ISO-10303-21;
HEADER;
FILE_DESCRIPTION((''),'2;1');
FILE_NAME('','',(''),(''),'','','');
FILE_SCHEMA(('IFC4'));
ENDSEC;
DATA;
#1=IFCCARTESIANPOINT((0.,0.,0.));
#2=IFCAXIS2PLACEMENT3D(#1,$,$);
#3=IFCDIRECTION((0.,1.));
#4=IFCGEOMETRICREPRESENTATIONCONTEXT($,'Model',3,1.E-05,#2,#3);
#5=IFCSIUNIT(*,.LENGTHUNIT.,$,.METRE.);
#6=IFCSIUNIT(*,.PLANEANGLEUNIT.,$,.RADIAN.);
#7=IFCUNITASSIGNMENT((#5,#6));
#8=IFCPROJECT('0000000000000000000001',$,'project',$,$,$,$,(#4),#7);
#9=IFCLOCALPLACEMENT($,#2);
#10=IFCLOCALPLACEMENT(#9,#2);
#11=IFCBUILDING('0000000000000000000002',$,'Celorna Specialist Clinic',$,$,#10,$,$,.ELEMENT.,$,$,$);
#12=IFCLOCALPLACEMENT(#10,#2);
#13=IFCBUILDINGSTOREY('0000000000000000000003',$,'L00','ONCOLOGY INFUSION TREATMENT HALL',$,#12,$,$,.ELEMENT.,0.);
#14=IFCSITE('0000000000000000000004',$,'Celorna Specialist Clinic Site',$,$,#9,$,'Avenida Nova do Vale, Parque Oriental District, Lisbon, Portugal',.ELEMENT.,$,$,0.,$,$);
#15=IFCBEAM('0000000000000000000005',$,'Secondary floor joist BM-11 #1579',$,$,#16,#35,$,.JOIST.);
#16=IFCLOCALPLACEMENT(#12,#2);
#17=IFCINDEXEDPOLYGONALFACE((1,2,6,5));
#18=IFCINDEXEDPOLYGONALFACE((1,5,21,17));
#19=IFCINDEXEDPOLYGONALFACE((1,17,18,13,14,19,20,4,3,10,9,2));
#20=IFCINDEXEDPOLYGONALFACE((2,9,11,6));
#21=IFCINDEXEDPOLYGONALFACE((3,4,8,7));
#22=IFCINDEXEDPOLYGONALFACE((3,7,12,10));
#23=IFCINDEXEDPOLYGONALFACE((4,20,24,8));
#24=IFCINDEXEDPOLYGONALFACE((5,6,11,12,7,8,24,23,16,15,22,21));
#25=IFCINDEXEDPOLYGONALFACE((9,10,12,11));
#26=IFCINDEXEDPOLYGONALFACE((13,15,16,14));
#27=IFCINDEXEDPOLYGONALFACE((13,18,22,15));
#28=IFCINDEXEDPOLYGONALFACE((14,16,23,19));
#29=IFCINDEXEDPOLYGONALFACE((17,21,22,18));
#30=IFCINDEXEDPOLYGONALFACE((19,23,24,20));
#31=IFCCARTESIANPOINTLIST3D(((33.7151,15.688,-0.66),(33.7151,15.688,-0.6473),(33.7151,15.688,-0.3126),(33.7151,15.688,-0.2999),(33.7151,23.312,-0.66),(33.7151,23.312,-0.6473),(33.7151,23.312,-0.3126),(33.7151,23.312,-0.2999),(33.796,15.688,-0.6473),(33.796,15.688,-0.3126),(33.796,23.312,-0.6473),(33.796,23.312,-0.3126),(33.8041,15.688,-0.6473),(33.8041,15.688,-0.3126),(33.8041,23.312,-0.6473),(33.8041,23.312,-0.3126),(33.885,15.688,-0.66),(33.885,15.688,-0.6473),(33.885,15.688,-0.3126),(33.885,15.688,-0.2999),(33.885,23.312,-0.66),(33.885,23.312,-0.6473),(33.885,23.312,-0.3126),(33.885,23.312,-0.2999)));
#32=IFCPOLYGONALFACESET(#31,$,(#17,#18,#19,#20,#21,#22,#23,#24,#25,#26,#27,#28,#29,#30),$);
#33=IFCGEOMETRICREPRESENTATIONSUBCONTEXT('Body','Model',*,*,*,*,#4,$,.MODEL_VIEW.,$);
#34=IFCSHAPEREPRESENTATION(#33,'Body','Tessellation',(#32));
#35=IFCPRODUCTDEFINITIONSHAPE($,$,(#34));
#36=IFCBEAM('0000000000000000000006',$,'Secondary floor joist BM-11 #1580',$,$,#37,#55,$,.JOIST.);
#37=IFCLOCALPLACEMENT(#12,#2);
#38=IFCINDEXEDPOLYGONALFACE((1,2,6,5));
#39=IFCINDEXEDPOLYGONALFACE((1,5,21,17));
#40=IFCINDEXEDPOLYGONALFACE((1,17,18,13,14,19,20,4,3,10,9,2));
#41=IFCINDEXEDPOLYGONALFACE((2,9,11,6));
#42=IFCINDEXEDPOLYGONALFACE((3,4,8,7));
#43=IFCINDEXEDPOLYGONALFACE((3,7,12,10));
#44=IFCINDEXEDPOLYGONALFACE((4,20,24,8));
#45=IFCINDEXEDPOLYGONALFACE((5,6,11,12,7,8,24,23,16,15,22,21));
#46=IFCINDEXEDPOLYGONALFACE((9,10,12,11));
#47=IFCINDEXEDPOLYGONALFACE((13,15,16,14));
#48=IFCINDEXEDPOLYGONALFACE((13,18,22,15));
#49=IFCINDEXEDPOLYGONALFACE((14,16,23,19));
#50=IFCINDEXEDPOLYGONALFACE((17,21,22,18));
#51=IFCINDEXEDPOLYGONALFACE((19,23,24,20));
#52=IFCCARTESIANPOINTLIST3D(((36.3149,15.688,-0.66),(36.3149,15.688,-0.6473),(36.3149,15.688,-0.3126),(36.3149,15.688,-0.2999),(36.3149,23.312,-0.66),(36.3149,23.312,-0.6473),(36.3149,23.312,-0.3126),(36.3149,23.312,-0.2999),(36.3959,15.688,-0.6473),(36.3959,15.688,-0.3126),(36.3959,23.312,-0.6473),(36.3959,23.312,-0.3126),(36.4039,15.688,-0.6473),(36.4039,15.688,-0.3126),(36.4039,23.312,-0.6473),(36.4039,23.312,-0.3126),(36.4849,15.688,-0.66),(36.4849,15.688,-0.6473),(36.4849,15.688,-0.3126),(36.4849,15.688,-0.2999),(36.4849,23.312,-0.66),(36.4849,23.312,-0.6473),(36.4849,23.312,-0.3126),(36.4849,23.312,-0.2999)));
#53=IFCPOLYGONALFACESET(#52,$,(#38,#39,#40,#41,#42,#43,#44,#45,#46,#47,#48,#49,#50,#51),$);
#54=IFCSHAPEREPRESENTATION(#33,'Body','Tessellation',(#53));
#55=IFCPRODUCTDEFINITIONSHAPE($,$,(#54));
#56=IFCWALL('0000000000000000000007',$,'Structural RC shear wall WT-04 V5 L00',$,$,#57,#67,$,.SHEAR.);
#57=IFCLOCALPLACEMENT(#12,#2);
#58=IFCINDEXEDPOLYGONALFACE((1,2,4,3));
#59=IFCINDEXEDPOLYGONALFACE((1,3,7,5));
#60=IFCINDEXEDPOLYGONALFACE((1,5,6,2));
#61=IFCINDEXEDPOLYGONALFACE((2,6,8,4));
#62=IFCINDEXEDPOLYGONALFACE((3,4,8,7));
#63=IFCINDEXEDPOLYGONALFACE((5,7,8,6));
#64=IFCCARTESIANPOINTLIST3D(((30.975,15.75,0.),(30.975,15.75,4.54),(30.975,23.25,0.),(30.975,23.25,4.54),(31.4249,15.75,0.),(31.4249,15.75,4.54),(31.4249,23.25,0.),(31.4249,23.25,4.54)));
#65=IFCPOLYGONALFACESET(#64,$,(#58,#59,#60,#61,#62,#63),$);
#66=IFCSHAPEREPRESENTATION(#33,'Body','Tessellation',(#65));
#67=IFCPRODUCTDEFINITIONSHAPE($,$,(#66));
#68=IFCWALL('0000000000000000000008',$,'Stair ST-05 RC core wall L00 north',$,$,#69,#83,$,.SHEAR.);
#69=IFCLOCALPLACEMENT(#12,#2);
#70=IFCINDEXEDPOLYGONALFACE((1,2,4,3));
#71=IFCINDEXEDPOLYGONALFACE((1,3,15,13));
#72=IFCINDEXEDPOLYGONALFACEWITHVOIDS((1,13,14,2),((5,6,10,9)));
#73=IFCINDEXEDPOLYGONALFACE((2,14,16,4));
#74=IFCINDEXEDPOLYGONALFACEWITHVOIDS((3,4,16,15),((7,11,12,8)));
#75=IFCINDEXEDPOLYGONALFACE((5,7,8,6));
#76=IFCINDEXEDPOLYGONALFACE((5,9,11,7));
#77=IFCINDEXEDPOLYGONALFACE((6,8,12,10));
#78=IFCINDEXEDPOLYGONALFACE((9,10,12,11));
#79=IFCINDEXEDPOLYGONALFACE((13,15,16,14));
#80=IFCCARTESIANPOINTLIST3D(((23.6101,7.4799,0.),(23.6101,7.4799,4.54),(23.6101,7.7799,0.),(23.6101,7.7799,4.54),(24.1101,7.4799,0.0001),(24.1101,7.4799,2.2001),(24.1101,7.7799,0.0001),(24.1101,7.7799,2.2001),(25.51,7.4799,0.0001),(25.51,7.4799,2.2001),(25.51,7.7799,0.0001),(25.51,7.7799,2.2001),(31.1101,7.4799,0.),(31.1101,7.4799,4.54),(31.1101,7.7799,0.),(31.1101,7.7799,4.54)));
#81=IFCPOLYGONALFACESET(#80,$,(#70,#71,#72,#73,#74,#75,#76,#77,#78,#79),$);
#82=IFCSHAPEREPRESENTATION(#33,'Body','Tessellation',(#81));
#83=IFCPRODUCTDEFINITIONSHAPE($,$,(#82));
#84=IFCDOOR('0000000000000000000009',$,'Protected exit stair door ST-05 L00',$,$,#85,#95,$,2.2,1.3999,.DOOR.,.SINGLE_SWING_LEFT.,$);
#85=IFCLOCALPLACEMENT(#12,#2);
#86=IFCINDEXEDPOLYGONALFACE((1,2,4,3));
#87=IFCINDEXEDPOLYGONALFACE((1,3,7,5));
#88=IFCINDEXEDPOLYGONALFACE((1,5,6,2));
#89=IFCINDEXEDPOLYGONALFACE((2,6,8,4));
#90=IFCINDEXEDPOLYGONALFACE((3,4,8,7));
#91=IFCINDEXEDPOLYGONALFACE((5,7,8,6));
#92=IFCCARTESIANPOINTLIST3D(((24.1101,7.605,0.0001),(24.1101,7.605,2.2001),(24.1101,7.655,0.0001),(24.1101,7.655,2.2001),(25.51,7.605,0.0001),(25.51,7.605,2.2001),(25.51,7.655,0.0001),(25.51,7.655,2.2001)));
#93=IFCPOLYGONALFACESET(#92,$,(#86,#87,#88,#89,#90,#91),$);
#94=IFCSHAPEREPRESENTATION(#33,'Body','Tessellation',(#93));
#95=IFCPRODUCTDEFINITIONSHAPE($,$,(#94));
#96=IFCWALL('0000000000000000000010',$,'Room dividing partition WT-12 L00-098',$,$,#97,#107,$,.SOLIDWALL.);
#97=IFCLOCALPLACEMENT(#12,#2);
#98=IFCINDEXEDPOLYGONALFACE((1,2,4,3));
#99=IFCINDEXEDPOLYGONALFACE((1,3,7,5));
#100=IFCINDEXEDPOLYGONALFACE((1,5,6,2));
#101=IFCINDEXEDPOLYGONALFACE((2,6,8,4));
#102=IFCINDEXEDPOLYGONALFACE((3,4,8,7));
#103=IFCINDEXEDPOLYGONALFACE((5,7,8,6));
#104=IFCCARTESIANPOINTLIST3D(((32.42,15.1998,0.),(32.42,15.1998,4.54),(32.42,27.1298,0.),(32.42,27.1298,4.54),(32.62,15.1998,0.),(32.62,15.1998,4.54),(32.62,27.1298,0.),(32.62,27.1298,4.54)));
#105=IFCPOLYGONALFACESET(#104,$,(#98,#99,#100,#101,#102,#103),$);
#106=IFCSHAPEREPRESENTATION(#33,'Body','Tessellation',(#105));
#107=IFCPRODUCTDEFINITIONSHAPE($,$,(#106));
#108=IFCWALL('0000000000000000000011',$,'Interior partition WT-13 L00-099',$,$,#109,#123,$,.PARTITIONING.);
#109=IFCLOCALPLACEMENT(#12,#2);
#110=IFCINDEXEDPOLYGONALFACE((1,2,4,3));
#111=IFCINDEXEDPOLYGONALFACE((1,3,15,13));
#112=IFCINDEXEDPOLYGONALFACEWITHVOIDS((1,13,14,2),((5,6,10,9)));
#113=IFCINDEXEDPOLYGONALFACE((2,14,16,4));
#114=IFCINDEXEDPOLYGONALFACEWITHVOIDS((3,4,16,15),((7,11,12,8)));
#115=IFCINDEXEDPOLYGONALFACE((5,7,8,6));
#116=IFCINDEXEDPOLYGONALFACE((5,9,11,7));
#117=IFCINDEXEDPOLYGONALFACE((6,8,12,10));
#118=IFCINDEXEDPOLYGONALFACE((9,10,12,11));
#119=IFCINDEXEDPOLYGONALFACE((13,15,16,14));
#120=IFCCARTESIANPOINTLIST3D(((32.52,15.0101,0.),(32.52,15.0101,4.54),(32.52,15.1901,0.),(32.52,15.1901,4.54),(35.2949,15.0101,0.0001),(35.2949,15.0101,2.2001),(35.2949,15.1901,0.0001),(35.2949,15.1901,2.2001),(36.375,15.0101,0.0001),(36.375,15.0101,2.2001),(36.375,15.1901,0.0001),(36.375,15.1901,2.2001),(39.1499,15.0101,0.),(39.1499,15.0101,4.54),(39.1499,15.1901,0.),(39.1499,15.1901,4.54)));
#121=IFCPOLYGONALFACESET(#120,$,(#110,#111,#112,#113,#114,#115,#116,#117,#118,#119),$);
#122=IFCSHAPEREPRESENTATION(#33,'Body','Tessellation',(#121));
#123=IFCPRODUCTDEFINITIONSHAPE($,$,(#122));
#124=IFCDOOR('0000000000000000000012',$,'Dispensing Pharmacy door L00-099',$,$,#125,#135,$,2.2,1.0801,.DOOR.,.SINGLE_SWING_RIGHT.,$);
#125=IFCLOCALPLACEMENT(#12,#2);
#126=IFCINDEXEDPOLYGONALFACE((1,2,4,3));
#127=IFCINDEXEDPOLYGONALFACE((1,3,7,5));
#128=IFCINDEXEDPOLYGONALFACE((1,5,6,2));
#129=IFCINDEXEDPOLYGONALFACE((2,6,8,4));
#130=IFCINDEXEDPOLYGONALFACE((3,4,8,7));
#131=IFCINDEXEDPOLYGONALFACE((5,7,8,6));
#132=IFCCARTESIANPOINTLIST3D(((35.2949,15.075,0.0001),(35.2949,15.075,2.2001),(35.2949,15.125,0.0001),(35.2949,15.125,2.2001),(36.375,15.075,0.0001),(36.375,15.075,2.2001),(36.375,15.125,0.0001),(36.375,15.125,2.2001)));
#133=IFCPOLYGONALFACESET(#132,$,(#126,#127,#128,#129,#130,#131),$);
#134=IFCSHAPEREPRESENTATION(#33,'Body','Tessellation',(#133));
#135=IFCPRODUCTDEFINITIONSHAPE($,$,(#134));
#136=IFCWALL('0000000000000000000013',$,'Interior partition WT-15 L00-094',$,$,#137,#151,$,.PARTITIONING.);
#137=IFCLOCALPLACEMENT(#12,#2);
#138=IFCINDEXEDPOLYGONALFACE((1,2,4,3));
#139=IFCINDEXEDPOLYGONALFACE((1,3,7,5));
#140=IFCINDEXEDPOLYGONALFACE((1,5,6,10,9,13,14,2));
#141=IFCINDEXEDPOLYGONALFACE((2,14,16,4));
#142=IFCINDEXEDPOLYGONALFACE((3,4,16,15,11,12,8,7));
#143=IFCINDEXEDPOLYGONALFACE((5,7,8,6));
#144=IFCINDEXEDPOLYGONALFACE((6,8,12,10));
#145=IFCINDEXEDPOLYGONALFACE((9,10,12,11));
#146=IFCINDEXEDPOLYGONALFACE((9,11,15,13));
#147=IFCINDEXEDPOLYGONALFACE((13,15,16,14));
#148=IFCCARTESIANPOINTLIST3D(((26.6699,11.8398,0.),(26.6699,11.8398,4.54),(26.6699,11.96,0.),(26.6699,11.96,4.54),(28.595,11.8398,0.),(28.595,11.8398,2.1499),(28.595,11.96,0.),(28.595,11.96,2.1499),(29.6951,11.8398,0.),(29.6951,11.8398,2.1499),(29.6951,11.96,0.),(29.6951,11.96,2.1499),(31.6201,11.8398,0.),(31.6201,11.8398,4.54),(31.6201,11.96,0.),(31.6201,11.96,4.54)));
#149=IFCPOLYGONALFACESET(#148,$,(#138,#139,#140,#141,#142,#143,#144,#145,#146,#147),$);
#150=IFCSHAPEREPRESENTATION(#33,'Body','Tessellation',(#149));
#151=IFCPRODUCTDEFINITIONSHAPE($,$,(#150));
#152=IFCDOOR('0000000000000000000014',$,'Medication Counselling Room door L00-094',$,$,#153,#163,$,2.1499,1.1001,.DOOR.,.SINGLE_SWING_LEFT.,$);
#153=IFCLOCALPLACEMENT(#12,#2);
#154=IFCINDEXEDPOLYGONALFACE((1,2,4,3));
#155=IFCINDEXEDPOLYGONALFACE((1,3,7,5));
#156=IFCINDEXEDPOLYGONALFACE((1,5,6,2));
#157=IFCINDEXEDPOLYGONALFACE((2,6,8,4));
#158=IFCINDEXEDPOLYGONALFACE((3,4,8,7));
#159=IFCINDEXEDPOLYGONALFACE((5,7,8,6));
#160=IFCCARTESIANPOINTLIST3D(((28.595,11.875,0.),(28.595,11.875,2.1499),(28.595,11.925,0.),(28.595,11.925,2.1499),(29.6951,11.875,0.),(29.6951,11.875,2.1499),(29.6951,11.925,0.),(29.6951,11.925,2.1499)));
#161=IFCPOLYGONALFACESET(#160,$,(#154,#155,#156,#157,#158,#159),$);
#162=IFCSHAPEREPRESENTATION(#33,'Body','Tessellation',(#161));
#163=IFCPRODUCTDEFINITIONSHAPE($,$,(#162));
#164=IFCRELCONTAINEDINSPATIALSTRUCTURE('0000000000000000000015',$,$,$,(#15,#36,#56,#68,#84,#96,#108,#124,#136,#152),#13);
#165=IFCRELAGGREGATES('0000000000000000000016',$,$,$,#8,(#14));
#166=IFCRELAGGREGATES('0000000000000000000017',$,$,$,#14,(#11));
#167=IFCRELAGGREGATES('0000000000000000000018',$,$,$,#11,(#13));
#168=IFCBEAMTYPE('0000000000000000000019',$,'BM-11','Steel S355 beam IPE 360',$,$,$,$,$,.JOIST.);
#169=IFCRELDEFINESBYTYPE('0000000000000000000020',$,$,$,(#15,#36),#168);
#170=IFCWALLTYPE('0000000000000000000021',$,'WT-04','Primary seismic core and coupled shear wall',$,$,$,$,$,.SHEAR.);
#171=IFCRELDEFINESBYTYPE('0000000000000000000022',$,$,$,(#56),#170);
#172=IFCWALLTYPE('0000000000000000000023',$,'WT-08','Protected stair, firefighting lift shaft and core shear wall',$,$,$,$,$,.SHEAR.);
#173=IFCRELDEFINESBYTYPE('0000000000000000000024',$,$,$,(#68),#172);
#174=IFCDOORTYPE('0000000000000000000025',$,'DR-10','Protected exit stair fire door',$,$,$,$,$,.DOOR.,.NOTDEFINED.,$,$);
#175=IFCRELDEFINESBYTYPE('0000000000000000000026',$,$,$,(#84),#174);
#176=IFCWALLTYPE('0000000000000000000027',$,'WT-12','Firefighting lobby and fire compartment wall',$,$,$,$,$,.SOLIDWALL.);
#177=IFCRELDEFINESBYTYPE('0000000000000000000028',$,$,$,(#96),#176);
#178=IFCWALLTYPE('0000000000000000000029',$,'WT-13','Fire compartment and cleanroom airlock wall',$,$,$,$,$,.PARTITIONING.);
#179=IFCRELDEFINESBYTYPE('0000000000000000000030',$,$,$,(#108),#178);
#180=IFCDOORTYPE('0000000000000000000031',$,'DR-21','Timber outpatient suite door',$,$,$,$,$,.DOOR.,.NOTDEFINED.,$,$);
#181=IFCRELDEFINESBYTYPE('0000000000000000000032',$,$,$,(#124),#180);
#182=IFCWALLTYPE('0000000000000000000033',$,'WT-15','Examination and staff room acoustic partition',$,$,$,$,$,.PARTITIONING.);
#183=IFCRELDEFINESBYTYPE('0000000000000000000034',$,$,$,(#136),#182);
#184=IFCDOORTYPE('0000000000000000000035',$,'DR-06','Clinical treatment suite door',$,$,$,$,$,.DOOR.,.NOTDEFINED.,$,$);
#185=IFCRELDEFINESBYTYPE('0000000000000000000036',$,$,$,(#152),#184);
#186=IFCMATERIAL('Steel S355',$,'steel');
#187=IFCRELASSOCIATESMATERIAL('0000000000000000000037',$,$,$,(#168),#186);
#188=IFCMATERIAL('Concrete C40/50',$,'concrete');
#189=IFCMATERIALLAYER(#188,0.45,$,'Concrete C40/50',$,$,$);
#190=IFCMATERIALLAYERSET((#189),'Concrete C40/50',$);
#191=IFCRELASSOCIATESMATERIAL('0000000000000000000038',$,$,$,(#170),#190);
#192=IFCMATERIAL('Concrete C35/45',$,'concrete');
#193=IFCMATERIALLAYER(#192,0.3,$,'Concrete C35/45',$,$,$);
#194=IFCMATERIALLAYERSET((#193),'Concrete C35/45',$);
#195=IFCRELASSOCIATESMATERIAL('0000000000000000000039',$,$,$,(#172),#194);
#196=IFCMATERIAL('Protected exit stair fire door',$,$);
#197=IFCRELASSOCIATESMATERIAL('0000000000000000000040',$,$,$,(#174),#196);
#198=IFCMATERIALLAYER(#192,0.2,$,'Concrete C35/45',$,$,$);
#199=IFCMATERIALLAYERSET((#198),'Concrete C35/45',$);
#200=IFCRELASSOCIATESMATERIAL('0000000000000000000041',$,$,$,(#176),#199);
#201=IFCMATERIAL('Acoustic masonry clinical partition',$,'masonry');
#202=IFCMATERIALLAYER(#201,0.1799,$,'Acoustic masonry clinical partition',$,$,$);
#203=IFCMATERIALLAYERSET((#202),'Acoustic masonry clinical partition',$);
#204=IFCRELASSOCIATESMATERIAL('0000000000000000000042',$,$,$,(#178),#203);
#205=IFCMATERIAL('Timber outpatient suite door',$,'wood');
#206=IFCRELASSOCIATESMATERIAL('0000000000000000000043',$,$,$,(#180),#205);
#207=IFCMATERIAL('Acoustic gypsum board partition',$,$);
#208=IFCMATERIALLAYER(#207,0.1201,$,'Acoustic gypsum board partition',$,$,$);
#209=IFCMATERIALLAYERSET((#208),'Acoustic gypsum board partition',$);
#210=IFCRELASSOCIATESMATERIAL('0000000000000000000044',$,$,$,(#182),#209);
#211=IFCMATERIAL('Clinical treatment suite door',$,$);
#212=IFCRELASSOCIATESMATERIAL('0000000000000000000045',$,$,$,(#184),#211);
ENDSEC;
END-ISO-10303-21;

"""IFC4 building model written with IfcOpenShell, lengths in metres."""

from ifc_helpers import new_model, si_unit, direction, frame, frame_2d, origin, origin_2d, place, context, subcontext, project, spatial, rectangle, i_section, extrude, material, layer, layer_set, material_profile, profile_set, type_object, element, fill, save


model = new_model("IFC4")

# Units and contexts
model_context = context("Model", 3, precision=1e-05, world=origin(), true_north=direction((0.0, 1.0)))
body_context = subcontext(model_context, "Body", "Model", "MODEL_VIEW")
ifc_project = project(units=[si_unit("LENGTHUNIT", "METRE"), si_unit("PLANEANGLEUNIT", "RADIAN")], contexts=[model_context])

# Site, building, storey
site_placement = place(None, origin())
site = spatial("IfcSite", under=ifc_project, at=site_placement, Name="Celorna Specialist Clinic Site", LongName="Avenida Nova do Vale, Parque Oriental District, Lisbon, Portugal", CompositionType="ELEMENT", RefElevation=0.0)
building_placement = place(site_placement, origin())
building = spatial("IfcBuilding", under=site, at=building_placement, Name="Celorna Specialist Clinic", CompositionType="ELEMENT")
storey_placement = place(building_placement, origin())
storey = spatial("IfcBuildingStorey", under=building, at=storey_placement, Name="L00", Description="ONCOLOGY INFUSION TREATMENT HALL", CompositionType="ELEMENT", Elevation=0.0)

# Shared definitions
ifc_material_1 = material(Name="Concrete C40/50", Category="concrete")

# Beams
ifc_material_2 = material(Name="Steel S355", Category="steel")
ifc_material_profile_1 = material_profile(ifc_material_2, i_section(OverallWidth=0.1699, OverallDepth=0.3601, WebThickness=0.0081, FlangeThickness=0.0127, at=origin_2d()), Name="IPE 360")
ifc_profile_set_1 = profile_set([ifc_material_profile_1], Name="Steel S355")
beam_type_1 = type_object("IfcBeamType", Name="BM-11", Description="Steel S355 beam IPE 360", PredefinedType="JOIST", material=ifc_profile_set_1)
for number, where, z_axis, x_axis, name in (
    (1, (33.8, 15.688, -0.48), (0.0, 1.0, 0.0), (-1.0, 0.0, 0.0), "Secondary floor joist BM-11 #1579"),
    (2, (36.3999, 15.688, -0.48), (0.0, 1.0, 0.0), (-1.0, 0.0, 0.0), "Secondary floor joist BM-11 #1580"),
):
    element("IfcBeam", number, at=place(storey_placement, frame(where, z_axis=z_axis, x_axis=x_axis)), inside=storey, type_object=beam_type_1, Name=name, PredefinedType="JOIST", context=body_context, shape_type="SweptSolid", body=[
        extrude(i_section(OverallWidth=0.1699, OverallDepth=0.3601, WebThickness=0.0081, FlangeThickness=0.0127, at=origin_2d()), origin(), (0.0, 0.0, 1.0), 7.624),
    ])

# Wall
ifc_layer_1 = layer(ifc_material_1, 0.45, Name="Concrete C40/50")
ifc_layer_set_1 = layer_set([ifc_layer_1], Name="Concrete C40/50")
wall_type_1 = type_object("IfcWallType", Name="WT-04", Description="Primary seismic core and coupled shear wall", PredefinedType="SHEAR", material=ifc_layer_set_1)
wall_1_placement = place(storey_placement, frame((31.2, 15.75, 0.0), z_axis=(0.0, 0.0, 1.0), x_axis=(0.0, 1.0, 0.0)))
element("IfcWall", 3, at=wall_1_placement, inside=storey, type_object=wall_type_1, Name="Structural RC shear wall WT-04 V5 L00", PredefinedType="SHEAR", context=body_context, shape_type="SweptSolid", body=[
    extrude(rectangle(XDim=7.5, YDim=0.45, at=frame_2d((3.75, 0.0))), origin(), (0.0, 0.0, 1.0), 4.54),
])

# Wall, opening, door
ifc_material_3 = material(Name="Concrete C35/45", Category="concrete")
ifc_layer_2 = layer(ifc_material_3, 0.3, Name="Concrete C35/45")
ifc_layer_set_2 = layer_set([ifc_layer_2], Name="Concrete C35/45")
wall_type_2 = type_object("IfcWallType", Name="WT-08", Description="Protected stair, firefighting lift shaft and core shear wall", PredefinedType="SHEAR", material=ifc_layer_set_2)
wall_2_placement = place(storey_placement, frame((31.1101, 7.6299, 0.0), z_axis=(0.0, 0.0, 1.0), x_axis=(-1.0, 0.0, 0.0)))
wall_2 = element("IfcWall", 4, at=wall_2_placement, inside=storey, type_object=wall_type_2, Name="Stair ST-05 RC core wall L00 north", PredefinedType="SHEAR", context=body_context, shape_type="SweptSolid", body=[
    extrude(rectangle(XDim=7.5, YDim=0.3, at=frame_2d((3.75, 0.0))), origin(), (0.0, 0.0, 1.0), 4.54),
])
opening_1_placement = place(wall_2_placement, frame((5.6001, 0.0, 0.0)))
opening_1 = element("IfcOpeningElement", 5, at=opening_1_placement, cuts=wall_2, PredefinedType="OPENING", context=body_context, shape_type="SweptSolid", body=[
    extrude(rectangle(XDim=1.3999, YDim=2.2, at=frame_2d((0.7, 1.1001))), frame((0.0, 0.1599, 0.0), z_axis=(0.0, -1.0, 0.0), x_axis=(1.0, 0.0, 0.0)), (0.0, 0.0, 1.0), 0.3201),
])
ifc_material_4 = material(Name="Protected exit stair fire door")
door_type_1 = type_object("IfcDoorType", Name="DR-10", Description="Protected exit stair fire door", OperationType="NOTDEFINED", PredefinedType="DOOR", material=ifc_material_4)
door_1_placement = place(opening_1_placement, origin())
door_1 = element("IfcDoor", 6, at=door_1_placement, inside=storey, type_object=door_type_1, Name="Protected exit stair door ST-05 L00", OperationType="SINGLE_SWING_LEFT", OverallHeight=2.2, OverallWidth=1.3999, PredefinedType="DOOR", context=body_context, shape_type="SweptSolid", body=[
    extrude(rectangle(XDim=1.3999, YDim=2.2, at=frame_2d((0.7, 1.1001))), frame((0.0, 0.0249, 0.0), z_axis=(0.0, -1.0, 0.0), x_axis=(1.0, 0.0, 0.0)), (0.0, 0.0, 1.0), 0.05),
])
fill(opening_1, door_1)

# Wall
ifc_layer_3 = layer(ifc_material_3, 0.2, Name="Concrete C35/45")
ifc_layer_set_3 = layer_set([ifc_layer_3], Name="Concrete C35/45")
wall_type_3 = type_object("IfcWallType", Name="WT-12", Description="Firefighting lobby and fire compartment wall", PredefinedType="SOLIDWALL", material=ifc_layer_set_3)
wall_3_placement = place(storey_placement, frame((32.52, 15.2, 0.0), z_axis=(0.0, 0.0, 1.0), x_axis=(0.0, 1.0, 0.0)))
element("IfcWall", 7, at=wall_3_placement, inside=storey, type_object=wall_type_3, Name="Room dividing partition WT-12 L00-098", PredefinedType="SOLIDWALL", context=body_context, shape_type="SweptSolid", body=[
    extrude(rectangle(XDim=11.9299, YDim=0.2, at=frame_2d((5.9648, 0.0))), origin(), (0.0, 0.0, 1.0), 4.54),
])

# Walls, openings, doors
ifc_material_5 = material(Name="Acoustic masonry clinical partition", Category="masonry")
ifc_layer_4 = layer(ifc_material_5, 0.1799, Name="Acoustic masonry clinical partition")
ifc_layer_set_4 = layer_set([ifc_layer_4], Name="Acoustic masonry clinical partition")
wall_type_4 = type_object("IfcWallType", Name="WT-13", Description="Fire compartment and cleanroom airlock wall", PredefinedType="PARTITIONING", material=ifc_layer_set_4)
wall_4_placement = place(storey_placement, frame((32.52, 15.1001, 0.0), z_axis=(0.0, 0.0, 1.0), x_axis=(1.0, 0.0, 0.0)))
wall_4 = element("IfcWall", 8, at=wall_4_placement, inside=storey, type_object=wall_type_4, Name="Interior partition WT-13 L00-099", PredefinedType="PARTITIONING", context=body_context, shape_type="SweptSolid", body=[
    extrude(rectangle(XDim=6.6299, YDim=0.1799, at=frame_2d((3.3149, 0.0))), origin(), (0.0, 0.0, 1.0), 4.54),
])
opening_2_placement = place(wall_4_placement, frame((2.7749, 0.0, 0.0)))
opening_2 = element("IfcOpeningElement", 9, at=opening_2_placement, cuts=wall_4, PredefinedType="OPENING", context=body_context, shape_type="SweptSolid", body=[
    extrude(rectangle(XDim=1.0801, YDim=2.2, at=frame_2d((0.54, 1.1001))), frame((0.0, 0.0999, 0.0), z_axis=(0.0, -1.0, 0.0), x_axis=(1.0, 0.0, 0.0)), (0.0, 0.0, 1.0), 0.2),
])
ifc_material_6 = material(Name="Timber outpatient suite door", Category="wood")
door_type_2 = type_object("IfcDoorType", Name="DR-21", Description="Timber outpatient suite door", OperationType="NOTDEFINED", PredefinedType="DOOR", material=ifc_material_6)
door_2_placement = place(opening_2_placement, origin())
door_2 = element("IfcDoor", 10, at=door_2_placement, inside=storey, type_object=door_type_2, Name="Dispensing Pharmacy door L00-099", OperationType="SINGLE_SWING_RIGHT", OverallHeight=2.2, OverallWidth=1.0801, PredefinedType="DOOR", context=body_context, shape_type="SweptSolid", body=[
    extrude(rectangle(XDim=1.0801, YDim=2.2, at=frame_2d((0.54, 1.1001))), frame((0.0, 0.0249, 0.0), z_axis=(0.0, -1.0, 0.0), x_axis=(1.0, 0.0, 0.0)), (0.0, 0.0, 1.0), 0.05),
])
fill(opening_2, door_2)
ifc_material_7 = material(Name="Acoustic gypsum board partition")
ifc_layer_5 = layer(ifc_material_7, 0.1201, Name="Acoustic gypsum board partition")
ifc_layer_set_5 = layer_set([ifc_layer_5], Name="Acoustic gypsum board partition")
wall_type_5 = type_object("IfcWallType", Name="WT-15", Description="Examination and staff room acoustic partition", PredefinedType="PARTITIONING", material=ifc_layer_set_5)
wall_5_placement = place(storey_placement, frame((31.6201, 11.8999, 0.0), z_axis=(0.0, 0.0, 1.0), x_axis=(-1.0, 0.0, 0.0)))
wall_5 = element("IfcWall", 11, at=wall_5_placement, inside=storey, type_object=wall_type_5, Name="Interior partition WT-15 L00-094", PredefinedType="PARTITIONING", context=body_context, shape_type="SweptSolid", body=[
    extrude(rectangle(XDim=4.9502, YDim=0.1201, at=frame_2d((2.4751, 0.0))), origin(), (0.0, 0.0, 1.0), 4.54),
])
opening_3_placement = place(wall_5_placement, frame((1.925, 0.0, 0.0)))
opening_3 = element("IfcOpeningElement", 12, at=opening_3_placement, cuts=wall_5, PredefinedType="OPENING", context=body_context, shape_type="SweptSolid", body=[
    extrude(rectangle(XDim=1.1001, YDim=2.1499, at=frame_2d((0.55, 1.075))), frame((0.0, 0.0701, 0.0), z_axis=(0.0, -1.0, 0.0), x_axis=(1.0, 0.0, 0.0)), (0.0, 0.0, 1.0), 0.1401),
])
ifc_material_8 = material(Name="Clinical treatment suite door")
door_type_3 = type_object("IfcDoorType", Name="DR-06", Description="Clinical treatment suite door", OperationType="NOTDEFINED", PredefinedType="DOOR", material=ifc_material_8)
door_3_placement = place(opening_3_placement, origin())
door_3 = element("IfcDoor", 13, at=door_3_placement, inside=storey, type_object=door_type_3, Name="Medication Counselling Room door L00-094", OperationType="SINGLE_SWING_LEFT", OverallHeight=2.1499, OverallWidth=1.1001, PredefinedType="DOOR", context=body_context, shape_type="SweptSolid", body=[
    extrude(rectangle(XDim=1.1001, YDim=2.1499, at=frame_2d((0.55, 1.075))), frame((0.0, 0.0249, 0.0), z_axis=(0.0, -1.0, 0.0), x_axis=(1.0, 0.0, 0.0)), (0.0, 0.0, 1.0), 0.05),
])
fill(opening_3, door_3)

save(model, "model.ifc")
